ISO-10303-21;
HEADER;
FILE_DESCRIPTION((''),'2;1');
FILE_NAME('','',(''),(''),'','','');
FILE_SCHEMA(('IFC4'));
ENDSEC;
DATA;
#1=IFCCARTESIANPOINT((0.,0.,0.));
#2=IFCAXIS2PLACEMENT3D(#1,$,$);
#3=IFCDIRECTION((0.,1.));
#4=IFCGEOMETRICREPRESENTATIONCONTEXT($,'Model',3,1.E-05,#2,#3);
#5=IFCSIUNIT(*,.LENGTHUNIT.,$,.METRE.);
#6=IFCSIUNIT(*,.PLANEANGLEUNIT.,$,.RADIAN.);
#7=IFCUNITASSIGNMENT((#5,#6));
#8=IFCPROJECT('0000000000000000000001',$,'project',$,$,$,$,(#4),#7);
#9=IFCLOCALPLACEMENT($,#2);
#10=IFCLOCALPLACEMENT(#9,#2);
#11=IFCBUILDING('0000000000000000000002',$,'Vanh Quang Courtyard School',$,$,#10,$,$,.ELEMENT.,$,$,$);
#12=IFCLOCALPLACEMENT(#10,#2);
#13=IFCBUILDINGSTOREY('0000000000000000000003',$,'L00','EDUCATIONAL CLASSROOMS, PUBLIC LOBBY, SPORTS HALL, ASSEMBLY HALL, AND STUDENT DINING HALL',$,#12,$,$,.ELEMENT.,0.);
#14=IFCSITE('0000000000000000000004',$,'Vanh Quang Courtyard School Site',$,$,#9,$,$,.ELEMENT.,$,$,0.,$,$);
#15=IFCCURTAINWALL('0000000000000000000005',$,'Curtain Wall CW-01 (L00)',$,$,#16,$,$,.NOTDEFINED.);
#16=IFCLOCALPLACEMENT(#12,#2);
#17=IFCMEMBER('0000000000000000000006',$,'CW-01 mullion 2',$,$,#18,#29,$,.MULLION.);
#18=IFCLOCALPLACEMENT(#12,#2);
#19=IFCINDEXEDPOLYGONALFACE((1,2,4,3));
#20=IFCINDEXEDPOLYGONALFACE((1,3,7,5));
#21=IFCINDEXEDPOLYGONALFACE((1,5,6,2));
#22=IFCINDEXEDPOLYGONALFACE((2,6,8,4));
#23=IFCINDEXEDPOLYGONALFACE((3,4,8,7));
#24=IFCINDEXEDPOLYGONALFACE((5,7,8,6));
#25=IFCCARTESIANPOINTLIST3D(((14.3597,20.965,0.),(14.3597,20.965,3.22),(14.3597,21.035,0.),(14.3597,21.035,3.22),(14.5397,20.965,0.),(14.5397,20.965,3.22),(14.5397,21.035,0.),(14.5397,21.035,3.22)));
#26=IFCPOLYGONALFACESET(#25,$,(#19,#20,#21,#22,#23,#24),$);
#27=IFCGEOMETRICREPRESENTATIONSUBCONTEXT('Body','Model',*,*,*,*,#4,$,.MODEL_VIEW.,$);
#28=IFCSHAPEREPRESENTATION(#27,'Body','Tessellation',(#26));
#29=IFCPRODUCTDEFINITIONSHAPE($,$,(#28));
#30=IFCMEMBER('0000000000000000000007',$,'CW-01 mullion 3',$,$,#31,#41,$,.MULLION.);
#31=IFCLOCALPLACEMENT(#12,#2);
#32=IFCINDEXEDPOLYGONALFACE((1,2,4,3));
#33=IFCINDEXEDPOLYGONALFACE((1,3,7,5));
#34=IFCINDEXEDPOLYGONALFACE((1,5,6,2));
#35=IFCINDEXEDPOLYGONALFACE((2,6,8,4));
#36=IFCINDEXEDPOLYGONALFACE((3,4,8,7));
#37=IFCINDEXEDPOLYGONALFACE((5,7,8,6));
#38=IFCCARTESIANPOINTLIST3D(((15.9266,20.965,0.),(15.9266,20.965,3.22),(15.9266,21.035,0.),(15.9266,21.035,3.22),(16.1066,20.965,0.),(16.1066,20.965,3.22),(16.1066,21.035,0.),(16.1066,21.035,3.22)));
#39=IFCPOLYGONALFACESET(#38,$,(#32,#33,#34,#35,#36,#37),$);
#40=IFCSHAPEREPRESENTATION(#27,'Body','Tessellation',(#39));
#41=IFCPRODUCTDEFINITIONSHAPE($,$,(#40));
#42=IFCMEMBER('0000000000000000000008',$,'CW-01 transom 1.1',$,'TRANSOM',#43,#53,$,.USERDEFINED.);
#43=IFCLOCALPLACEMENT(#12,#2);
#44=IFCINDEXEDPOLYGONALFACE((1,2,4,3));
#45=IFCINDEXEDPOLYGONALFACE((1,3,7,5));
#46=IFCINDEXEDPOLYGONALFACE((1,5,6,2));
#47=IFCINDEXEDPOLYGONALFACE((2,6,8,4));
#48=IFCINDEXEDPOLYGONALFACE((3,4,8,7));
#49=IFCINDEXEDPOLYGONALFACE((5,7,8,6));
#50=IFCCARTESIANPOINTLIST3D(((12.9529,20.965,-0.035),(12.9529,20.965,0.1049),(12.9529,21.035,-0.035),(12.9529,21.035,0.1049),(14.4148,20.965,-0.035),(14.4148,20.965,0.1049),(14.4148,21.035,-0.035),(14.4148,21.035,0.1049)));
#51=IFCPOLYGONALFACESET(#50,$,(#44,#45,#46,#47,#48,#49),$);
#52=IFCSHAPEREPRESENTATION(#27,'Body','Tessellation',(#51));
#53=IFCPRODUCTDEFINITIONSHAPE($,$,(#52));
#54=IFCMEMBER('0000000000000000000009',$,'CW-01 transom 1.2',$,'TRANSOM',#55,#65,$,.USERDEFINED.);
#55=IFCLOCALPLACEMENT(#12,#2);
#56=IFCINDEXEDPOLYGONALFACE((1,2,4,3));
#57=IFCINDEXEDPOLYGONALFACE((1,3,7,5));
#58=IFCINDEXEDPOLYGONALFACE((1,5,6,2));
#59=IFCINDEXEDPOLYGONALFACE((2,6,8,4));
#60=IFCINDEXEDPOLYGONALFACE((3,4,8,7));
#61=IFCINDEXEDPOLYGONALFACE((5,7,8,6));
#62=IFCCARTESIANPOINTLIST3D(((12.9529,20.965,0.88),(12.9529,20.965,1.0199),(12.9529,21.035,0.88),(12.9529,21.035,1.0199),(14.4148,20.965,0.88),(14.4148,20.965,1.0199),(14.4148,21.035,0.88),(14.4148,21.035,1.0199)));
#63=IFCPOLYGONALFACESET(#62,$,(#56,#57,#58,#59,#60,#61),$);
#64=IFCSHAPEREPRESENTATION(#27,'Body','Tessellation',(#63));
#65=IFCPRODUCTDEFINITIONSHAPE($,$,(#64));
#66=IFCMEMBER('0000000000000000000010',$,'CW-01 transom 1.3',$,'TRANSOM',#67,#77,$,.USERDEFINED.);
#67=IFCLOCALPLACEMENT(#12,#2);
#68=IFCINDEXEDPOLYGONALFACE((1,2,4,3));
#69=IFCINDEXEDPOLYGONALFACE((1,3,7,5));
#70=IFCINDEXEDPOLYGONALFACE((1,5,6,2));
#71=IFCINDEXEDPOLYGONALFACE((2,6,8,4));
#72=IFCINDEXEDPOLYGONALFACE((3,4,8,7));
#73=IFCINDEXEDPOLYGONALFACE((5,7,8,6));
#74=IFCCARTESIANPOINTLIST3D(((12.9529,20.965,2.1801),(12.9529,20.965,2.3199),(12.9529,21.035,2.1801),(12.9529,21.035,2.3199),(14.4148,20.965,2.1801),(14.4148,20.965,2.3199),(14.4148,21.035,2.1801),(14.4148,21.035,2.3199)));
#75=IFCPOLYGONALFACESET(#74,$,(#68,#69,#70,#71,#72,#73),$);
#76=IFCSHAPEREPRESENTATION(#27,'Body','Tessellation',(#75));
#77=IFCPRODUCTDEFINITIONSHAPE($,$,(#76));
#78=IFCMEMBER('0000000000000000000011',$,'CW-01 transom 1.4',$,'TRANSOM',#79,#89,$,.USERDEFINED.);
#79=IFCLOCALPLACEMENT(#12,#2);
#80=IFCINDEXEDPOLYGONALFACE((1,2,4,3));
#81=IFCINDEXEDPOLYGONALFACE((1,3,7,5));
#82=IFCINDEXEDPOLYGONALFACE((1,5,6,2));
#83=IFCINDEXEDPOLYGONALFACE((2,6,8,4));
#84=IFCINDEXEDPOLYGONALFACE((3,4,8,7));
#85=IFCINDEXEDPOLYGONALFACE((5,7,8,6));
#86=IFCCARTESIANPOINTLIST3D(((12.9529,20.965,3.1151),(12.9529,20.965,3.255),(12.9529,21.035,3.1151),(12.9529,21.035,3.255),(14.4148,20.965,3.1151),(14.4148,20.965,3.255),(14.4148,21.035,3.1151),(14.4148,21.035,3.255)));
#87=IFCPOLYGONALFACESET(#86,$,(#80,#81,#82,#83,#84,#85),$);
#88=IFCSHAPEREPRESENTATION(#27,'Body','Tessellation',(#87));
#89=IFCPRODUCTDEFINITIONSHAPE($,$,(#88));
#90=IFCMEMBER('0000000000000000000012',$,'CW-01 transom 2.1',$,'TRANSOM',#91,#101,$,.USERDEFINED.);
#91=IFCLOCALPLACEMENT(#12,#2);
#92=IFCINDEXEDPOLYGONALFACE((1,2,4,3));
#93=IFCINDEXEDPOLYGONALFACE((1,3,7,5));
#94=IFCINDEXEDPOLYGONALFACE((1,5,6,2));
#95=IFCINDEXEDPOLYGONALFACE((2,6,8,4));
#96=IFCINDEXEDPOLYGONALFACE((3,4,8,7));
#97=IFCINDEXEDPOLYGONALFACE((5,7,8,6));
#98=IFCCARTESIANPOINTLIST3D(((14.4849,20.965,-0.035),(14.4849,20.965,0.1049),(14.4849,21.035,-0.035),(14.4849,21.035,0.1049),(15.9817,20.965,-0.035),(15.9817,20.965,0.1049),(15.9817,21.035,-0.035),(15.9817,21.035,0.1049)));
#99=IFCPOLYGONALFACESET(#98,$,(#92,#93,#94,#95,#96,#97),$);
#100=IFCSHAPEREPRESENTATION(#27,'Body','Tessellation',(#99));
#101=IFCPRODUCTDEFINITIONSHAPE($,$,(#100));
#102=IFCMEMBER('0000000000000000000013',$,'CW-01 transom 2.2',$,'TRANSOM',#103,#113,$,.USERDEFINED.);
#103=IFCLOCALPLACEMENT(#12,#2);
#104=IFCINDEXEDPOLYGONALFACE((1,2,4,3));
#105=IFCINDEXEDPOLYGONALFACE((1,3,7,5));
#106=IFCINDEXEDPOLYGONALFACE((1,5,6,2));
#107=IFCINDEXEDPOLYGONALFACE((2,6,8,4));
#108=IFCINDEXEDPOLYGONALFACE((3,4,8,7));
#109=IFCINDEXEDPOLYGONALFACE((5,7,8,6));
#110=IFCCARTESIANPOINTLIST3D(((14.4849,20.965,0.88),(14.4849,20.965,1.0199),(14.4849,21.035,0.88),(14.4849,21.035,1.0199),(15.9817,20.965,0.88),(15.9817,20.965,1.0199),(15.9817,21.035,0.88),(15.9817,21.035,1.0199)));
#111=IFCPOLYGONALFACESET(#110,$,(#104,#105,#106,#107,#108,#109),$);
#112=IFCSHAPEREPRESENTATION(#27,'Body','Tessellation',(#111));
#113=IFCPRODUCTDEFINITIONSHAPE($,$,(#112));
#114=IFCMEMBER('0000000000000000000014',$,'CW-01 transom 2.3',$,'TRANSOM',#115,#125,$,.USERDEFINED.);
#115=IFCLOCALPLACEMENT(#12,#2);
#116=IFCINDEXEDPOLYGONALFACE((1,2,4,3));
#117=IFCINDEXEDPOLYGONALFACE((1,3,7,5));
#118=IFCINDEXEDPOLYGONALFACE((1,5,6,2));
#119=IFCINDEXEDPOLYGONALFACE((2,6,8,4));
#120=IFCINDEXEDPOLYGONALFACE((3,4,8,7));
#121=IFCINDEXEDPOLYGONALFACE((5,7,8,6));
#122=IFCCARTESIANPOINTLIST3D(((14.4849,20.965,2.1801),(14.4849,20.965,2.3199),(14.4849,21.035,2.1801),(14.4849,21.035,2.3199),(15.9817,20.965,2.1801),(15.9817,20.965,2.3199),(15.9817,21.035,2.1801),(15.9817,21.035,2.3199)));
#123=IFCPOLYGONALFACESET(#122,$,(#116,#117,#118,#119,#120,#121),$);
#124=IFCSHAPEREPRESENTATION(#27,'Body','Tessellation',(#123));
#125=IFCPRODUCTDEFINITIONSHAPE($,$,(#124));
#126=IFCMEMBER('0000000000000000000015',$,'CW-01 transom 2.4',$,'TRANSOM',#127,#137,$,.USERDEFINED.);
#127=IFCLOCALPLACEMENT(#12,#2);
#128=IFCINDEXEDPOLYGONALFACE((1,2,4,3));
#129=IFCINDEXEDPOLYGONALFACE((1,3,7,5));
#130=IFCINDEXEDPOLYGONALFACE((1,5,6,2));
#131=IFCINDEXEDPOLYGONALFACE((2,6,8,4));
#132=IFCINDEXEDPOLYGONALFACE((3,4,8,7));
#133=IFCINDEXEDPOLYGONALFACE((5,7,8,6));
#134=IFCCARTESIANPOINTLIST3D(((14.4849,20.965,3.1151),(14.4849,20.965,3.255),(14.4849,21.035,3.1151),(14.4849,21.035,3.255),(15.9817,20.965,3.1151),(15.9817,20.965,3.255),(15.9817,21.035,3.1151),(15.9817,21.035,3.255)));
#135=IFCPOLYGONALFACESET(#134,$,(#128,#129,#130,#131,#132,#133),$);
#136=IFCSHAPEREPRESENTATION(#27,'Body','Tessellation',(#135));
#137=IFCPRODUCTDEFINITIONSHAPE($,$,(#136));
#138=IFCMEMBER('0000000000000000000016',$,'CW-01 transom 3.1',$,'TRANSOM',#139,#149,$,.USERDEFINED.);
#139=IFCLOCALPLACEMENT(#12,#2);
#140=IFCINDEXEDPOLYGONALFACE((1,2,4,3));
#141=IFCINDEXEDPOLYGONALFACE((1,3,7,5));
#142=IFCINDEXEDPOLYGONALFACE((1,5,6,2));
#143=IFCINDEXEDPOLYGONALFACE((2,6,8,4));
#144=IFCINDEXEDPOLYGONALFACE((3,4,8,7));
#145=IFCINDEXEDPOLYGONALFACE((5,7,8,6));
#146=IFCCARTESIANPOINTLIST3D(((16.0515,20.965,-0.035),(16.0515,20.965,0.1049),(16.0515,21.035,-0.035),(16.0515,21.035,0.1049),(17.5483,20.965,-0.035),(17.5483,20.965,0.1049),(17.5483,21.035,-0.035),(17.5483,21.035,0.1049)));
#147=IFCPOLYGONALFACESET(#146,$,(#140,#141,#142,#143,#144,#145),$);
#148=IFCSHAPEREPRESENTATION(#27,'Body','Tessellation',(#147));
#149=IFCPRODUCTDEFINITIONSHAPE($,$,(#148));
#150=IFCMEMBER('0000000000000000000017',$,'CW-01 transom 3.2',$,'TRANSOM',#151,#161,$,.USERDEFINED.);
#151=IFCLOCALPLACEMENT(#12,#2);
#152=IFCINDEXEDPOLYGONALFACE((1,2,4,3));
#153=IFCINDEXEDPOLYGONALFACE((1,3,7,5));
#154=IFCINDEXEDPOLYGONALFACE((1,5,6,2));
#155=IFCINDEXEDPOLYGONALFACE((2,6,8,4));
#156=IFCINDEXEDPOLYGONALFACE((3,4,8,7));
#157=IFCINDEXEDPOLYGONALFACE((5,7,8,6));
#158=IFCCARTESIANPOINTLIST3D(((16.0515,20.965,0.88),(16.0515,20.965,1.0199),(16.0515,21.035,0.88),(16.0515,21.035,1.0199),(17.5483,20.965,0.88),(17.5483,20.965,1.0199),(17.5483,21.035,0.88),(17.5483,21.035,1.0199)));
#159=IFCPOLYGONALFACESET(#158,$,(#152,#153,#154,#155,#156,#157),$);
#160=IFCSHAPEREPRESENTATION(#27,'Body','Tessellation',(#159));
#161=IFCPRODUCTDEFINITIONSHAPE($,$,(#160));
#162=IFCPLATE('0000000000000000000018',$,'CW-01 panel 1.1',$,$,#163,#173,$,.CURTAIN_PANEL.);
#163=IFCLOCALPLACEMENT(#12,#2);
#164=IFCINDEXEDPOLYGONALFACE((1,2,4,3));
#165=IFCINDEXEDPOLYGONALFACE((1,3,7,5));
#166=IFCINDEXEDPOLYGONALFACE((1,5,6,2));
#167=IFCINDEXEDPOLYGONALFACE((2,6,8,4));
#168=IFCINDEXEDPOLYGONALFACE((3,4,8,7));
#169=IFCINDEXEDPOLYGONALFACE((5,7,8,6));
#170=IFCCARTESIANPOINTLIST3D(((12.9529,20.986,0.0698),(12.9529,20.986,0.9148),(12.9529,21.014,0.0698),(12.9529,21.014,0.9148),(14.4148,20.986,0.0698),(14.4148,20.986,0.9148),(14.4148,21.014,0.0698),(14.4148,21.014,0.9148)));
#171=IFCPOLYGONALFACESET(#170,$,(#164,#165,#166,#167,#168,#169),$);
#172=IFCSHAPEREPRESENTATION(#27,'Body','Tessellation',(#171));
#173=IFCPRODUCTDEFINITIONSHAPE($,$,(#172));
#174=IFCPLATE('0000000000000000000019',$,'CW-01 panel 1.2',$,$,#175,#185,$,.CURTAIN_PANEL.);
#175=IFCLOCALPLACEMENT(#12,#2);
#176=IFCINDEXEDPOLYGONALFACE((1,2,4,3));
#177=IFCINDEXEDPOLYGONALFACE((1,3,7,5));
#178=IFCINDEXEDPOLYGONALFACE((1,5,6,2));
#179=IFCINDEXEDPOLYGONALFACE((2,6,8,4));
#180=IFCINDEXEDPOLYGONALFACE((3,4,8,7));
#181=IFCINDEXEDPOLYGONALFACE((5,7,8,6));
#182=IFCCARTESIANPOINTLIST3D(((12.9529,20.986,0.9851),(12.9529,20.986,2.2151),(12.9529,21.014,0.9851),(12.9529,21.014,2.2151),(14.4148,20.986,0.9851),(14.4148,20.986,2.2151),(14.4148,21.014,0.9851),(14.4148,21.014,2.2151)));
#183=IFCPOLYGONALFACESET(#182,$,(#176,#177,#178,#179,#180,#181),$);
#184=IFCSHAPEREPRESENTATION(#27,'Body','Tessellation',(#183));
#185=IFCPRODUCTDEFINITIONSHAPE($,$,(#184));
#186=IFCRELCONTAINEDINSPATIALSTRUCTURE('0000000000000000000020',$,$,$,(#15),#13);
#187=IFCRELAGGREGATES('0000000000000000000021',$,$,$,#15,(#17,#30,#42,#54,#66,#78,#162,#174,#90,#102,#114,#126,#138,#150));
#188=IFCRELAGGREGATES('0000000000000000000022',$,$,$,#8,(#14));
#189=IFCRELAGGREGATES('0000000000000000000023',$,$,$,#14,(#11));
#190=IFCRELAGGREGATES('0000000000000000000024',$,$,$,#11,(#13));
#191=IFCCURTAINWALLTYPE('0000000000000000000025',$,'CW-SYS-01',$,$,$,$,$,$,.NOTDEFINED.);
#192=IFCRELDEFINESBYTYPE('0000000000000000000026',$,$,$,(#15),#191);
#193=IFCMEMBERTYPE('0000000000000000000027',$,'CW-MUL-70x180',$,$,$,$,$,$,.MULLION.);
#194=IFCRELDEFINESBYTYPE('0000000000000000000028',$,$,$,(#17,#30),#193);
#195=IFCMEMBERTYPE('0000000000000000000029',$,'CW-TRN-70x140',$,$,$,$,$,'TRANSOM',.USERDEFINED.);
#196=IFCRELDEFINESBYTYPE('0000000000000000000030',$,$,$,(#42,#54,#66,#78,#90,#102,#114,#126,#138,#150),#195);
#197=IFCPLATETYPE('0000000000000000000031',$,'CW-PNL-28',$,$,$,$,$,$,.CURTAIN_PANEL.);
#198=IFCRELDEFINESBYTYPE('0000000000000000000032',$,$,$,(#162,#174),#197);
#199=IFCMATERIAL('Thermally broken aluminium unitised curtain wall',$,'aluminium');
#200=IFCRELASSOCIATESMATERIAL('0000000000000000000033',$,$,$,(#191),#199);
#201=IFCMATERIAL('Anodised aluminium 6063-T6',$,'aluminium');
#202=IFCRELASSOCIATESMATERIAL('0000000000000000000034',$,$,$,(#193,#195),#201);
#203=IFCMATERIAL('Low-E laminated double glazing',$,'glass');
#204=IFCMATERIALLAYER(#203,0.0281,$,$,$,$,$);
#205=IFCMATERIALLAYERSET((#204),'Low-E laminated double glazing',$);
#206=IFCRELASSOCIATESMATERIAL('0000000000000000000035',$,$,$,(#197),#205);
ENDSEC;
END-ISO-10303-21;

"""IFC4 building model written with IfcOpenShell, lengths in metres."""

from ifc_helpers import new_model, si_unit, direction, frame, origin, origin_2d, place, context, subcontext, project, spatial, rectangle, extrude, material, layer, layer_set, material_profile, profile_set, type_object, element, aggregate, save


model = new_model("IFC4")

# Units and contexts
model_context = context("Model", 3, precision=1e-05, world=origin(), true_north=direction((0.0, 1.0)))
body_context = subcontext(model_context, "Body", "Model", "MODEL_VIEW")
ifc_project = project(units=[si_unit("LENGTHUNIT", "METRE"), si_unit("PLANEANGLEUNIT", "RADIAN")], contexts=[model_context])

# Site, building, storey
site_placement = place(None, origin())
site = spatial("IfcSite", under=ifc_project, at=site_placement, Name="Vanh Quang Courtyard School Site", CompositionType="ELEMENT", RefElevation=0.0)
building_placement = place(site_placement, origin())
building = spatial("IfcBuilding", under=site, at=building_placement, Name="Vanh Quang Courtyard School", CompositionType="ELEMENT")
storey_placement = place(building_placement, origin())
storey = spatial("IfcBuildingStorey", under=building, at=storey_placement, Name="L00", Description="EDUCATIONAL CLASSROOMS, PUBLIC LOBBY, SPORTS HALL, ASSEMBLY HALL, AND STUDENT DINING HALL", CompositionType="ELEMENT", Elevation=0.0)

# Curtain wall, members, plates
ifc_material_1 = material(Name="Thermally broken aluminium unitised curtain wall", Category="aluminium")
curtain_wall_type = type_object("IfcCurtainWallType", Name="CW-SYS-01", PredefinedType="NOTDEFINED", material=ifc_material_1)
curtain_wall_placement = place(storey_placement, origin())
curtain_wall = element("IfcCurtainWall", 1, at=curtain_wall_placement, inside=storey, type_object=curtain_wall_type, Name="Curtain Wall CW-01 (L00)", PredefinedType="NOTDEFINED")
ifc_material_2 = material(Name="Anodised aluminium 6063-T6", Category="aluminium")
ifc_material_profile_1 = material_profile(ifc_material_2, rectangle(XDim=0.0701, YDim=0.1799, at=origin_2d()), Name="ALU-MUL 70x180")
ifc_profile_set_1 = profile_set([ifc_material_profile_1], Name="Anodised aluminium 6063-T6")
member_type_1 = type_object("IfcMemberType", Name="CW-MUL-70x180", PredefinedType="MULLION", material=ifc_profile_set_1)
member_1_placement = place(storey_placement, frame((14.4497, 21.0, 0.0), z_axis=(0.0, 0.0, 1.0), x_axis=(0.0, 1.0, 0.0)))
member_1 = element("IfcMember", 2, at=member_1_placement, type_object=member_type_1, Name="CW-01 mullion 2", PredefinedType="MULLION", context=body_context, shape_type="SweptSolid", body=[
    extrude(rectangle(XDim=0.0701, YDim=0.1799, at=origin_2d()), origin(), (0.0, 0.0, 1.0), 3.22),
])
member_2_placement = place(storey_placement, frame((16.0166, 21.0, 0.0), z_axis=(0.0, 0.0, 1.0), x_axis=(0.0, 1.0, 0.0)))
member_2 = element("IfcMember", 3, at=member_2_placement, type_object=member_type_1, Name="CW-01 mullion 3", PredefinedType="MULLION", context=body_context, shape_type="SweptSolid", body=[
    extrude(rectangle(XDim=0.0701, YDim=0.1799, at=origin_2d()), origin(), (0.0, 0.0, 1.0), 3.22),
])
ifc_material_profile_2 = material_profile(ifc_material_2, rectangle(XDim=0.0701, YDim=0.1399, at=origin_2d()), Name="ALU-TRN 70x140")
ifc_profile_set_2 = profile_set([ifc_material_profile_2], Name="Anodised aluminium 6063-T6")
member_type_2 = type_object("IfcMemberType", Name="CW-TRN-70x140", ElementType="TRANSOM", PredefinedType="USERDEFINED", material=ifc_profile_set_2)
member_3_placement = place(storey_placement, frame((12.9529, 21.0, 0.0349), z_axis=(1.0, 0.0, 0.0), x_axis=(0.0, 1.0, 0.0)))
member_3 = element("IfcMember", 4, at=member_3_placement, type_object=member_type_2, Name="CW-01 transom 1.1", ObjectType="TRANSOM", PredefinedType="USERDEFINED", context=body_context, shape_type="SweptSolid", body=[
    extrude(rectangle(XDim=0.0701, YDim=0.1399, at=origin_2d()), origin(), (0.0, 0.0, 1.0), 1.4619),
])
member_4_placement = place(storey_placement, frame((12.9529, 21.0, 0.95), z_axis=(1.0, 0.0, 0.0), x_axis=(0.0, 1.0, 0.0)))
member_4 = element("IfcMember", 5, at=member_4_placement, type_object=member_type_2, Name="CW-01 transom 1.2", ObjectType="TRANSOM", PredefinedType="USERDEFINED", context=body_context, shape_type="SweptSolid", body=[
    extrude(rectangle(XDim=0.0701, YDim=0.1399, at=origin_2d()), origin(), (0.0, 0.0, 1.0), 1.4619),
])
member_5_placement = place(storey_placement, frame((12.9529, 21.0, 2.25), z_axis=(1.0, 0.0, 0.0), x_axis=(0.0, 1.0, 0.0)))
member_5 = element("IfcMember", 6, at=member_5_placement, type_object=member_type_2, Name="CW-01 transom 1.3", ObjectType="TRANSOM", PredefinedType="USERDEFINED", context=body_context, shape_type="SweptSolid", body=[
    extrude(rectangle(XDim=0.0701, YDim=0.1399, at=origin_2d()), origin(), (0.0, 0.0, 1.0), 1.4619),
])
member_6_placement = place(storey_placement, frame((12.9529, 21.0, 3.1851), z_axis=(1.0, 0.0, 0.0), x_axis=(0.0, 1.0, 0.0)))
member_6 = element("IfcMember", 7, at=member_6_placement, type_object=member_type_2, Name="CW-01 transom 1.4", ObjectType="TRANSOM", PredefinedType="USERDEFINED", context=body_context, shape_type="SweptSolid", body=[
    extrude(rectangle(XDim=0.0701, YDim=0.1399, at=origin_2d()), origin(), (0.0, 0.0, 1.0), 1.4619),
])
member_7_placement = place(storey_placement, frame((14.4849, 21.0, 0.0349), z_axis=(1.0, 0.0, 0.0), x_axis=(0.0, 1.0, 0.0)))
member_7 = element("IfcMember", 8, at=member_7_placement, type_object=member_type_2, Name="CW-01 transom 2.1", ObjectType="TRANSOM", PredefinedType="USERDEFINED", context=body_context, shape_type="SweptSolid", body=[
    extrude(rectangle(XDim=0.0701, YDim=0.1399, at=origin_2d()), origin(), (0.0, 0.0, 1.0), 1.4968),
])
member_8_placement = place(storey_placement, frame((14.4849, 21.0, 0.95), z_axis=(1.0, 0.0, 0.0), x_axis=(0.0, 1.0, 0.0)))
member_8 = element("IfcMember", 9, at=member_8_placement, type_object=member_type_2, Name="CW-01 transom 2.2", ObjectType="TRANSOM", PredefinedType="USERDEFINED", context=body_context, shape_type="SweptSolid", body=[
    extrude(rectangle(XDim=0.0701, YDim=0.1399, at=origin_2d()), origin(), (0.0, 0.0, 1.0), 1.4968),
])
member_9_placement = place(storey_placement, frame((14.4849, 21.0, 2.25), z_axis=(1.0, 0.0, 0.0), x_axis=(0.0, 1.0, 0.0)))
member_9 = element("IfcMember", 10, at=member_9_placement, type_object=member_type_2, Name="CW-01 transom 2.3", ObjectType="TRANSOM", PredefinedType="USERDEFINED", context=body_context, shape_type="SweptSolid", body=[
    extrude(rectangle(XDim=0.0701, YDim=0.1399, at=origin_2d()), origin(), (0.0, 0.0, 1.0), 1.4968),
])
member_10_placement = place(storey_placement, frame((14.4849, 21.0, 3.1851), z_axis=(1.0, 0.0, 0.0), x_axis=(0.0, 1.0, 0.0)))
member_10 = element("IfcMember", 11, at=member_10_placement, type_object=member_type_2, Name="CW-01 transom 2.4", ObjectType="TRANSOM", PredefinedType="USERDEFINED", context=body_context, shape_type="SweptSolid", body=[
    extrude(rectangle(XDim=0.0701, YDim=0.1399, at=origin_2d()), origin(), (0.0, 0.0, 1.0), 1.4968),
])
member_11_placement = place(storey_placement, frame((16.0515, 21.0, 0.0349), z_axis=(1.0, 0.0, 0.0), x_axis=(0.0, 1.0, 0.0)))
member_11 = element("IfcMember", 12, at=member_11_placement, type_object=member_type_2, Name="CW-01 transom 3.1", ObjectType="TRANSOM", PredefinedType="USERDEFINED", context=body_context, shape_type="SweptSolid", body=[
    extrude(rectangle(XDim=0.0701, YDim=0.1399, at=origin_2d()), origin(), (0.0, 0.0, 1.0), 1.4968),
])
member_12_placement = place(storey_placement, frame((16.0515, 21.0, 0.95), z_axis=(1.0, 0.0, 0.0), x_axis=(0.0, 1.0, 0.0)))
member_12 = element("IfcMember", 13, at=member_12_placement, type_object=member_type_2, Name="CW-01 transom 3.2", ObjectType="TRANSOM", PredefinedType="USERDEFINED", context=body_context, shape_type="SweptSolid", body=[
    extrude(rectangle(XDim=0.0701, YDim=0.1399, at=origin_2d()), origin(), (0.0, 0.0, 1.0), 1.4968),
])
ifc_material_3 = material(Name="Low-E laminated double glazing", Category="glass")
ifc_layer_1 = layer(ifc_material_3, 0.0281)
ifc_layer_set_1 = layer_set([ifc_layer_1], Name="Low-E laminated double glazing")
plate_type = type_object("IfcPlateType", Name="CW-PNL-28", PredefinedType="CURTAIN_PANEL", material=ifc_layer_set_1)
plate_1_placement = place(storey_placement, frame((13.6838, 21.0, 0.0698), z_axis=(0.0, 0.0, 1.0), x_axis=(1.0, 0.0, 0.0)))
plate_1 = element("IfcPlate", 14, at=plate_1_placement, type_object=plate_type, Name="CW-01 panel 1.1", PredefinedType="CURTAIN_PANEL", context=body_context, shape_type="SweptSolid", body=[
    extrude(rectangle(XDim=1.4619, YDim=0.0281, at=origin_2d()), origin(), (0.0, 0.0, 1.0), 0.845),
])
plate_2_placement = place(storey_placement, frame((13.6838, 21.0, 0.9851), z_axis=(0.0, 0.0, 1.0), x_axis=(1.0, 0.0, 0.0)))
plate_2 = element("IfcPlate", 15, at=plate_2_placement, type_object=plate_type, Name="CW-01 panel 1.2", PredefinedType="CURTAIN_PANEL", context=body_context, shape_type="SweptSolid", body=[
    extrude(rectangle(XDim=1.4619, YDim=0.0281, at=origin_2d()), origin(), (0.0, 0.0, 1.0), 1.23),
])
aggregate(curtain_wall, [member_1, member_2, member_3, member_4, member_5, member_6, plate_1, plate_2, member_7, member_8, member_9, member_10, member_11, member_12])

save(model, "model.ifc")
